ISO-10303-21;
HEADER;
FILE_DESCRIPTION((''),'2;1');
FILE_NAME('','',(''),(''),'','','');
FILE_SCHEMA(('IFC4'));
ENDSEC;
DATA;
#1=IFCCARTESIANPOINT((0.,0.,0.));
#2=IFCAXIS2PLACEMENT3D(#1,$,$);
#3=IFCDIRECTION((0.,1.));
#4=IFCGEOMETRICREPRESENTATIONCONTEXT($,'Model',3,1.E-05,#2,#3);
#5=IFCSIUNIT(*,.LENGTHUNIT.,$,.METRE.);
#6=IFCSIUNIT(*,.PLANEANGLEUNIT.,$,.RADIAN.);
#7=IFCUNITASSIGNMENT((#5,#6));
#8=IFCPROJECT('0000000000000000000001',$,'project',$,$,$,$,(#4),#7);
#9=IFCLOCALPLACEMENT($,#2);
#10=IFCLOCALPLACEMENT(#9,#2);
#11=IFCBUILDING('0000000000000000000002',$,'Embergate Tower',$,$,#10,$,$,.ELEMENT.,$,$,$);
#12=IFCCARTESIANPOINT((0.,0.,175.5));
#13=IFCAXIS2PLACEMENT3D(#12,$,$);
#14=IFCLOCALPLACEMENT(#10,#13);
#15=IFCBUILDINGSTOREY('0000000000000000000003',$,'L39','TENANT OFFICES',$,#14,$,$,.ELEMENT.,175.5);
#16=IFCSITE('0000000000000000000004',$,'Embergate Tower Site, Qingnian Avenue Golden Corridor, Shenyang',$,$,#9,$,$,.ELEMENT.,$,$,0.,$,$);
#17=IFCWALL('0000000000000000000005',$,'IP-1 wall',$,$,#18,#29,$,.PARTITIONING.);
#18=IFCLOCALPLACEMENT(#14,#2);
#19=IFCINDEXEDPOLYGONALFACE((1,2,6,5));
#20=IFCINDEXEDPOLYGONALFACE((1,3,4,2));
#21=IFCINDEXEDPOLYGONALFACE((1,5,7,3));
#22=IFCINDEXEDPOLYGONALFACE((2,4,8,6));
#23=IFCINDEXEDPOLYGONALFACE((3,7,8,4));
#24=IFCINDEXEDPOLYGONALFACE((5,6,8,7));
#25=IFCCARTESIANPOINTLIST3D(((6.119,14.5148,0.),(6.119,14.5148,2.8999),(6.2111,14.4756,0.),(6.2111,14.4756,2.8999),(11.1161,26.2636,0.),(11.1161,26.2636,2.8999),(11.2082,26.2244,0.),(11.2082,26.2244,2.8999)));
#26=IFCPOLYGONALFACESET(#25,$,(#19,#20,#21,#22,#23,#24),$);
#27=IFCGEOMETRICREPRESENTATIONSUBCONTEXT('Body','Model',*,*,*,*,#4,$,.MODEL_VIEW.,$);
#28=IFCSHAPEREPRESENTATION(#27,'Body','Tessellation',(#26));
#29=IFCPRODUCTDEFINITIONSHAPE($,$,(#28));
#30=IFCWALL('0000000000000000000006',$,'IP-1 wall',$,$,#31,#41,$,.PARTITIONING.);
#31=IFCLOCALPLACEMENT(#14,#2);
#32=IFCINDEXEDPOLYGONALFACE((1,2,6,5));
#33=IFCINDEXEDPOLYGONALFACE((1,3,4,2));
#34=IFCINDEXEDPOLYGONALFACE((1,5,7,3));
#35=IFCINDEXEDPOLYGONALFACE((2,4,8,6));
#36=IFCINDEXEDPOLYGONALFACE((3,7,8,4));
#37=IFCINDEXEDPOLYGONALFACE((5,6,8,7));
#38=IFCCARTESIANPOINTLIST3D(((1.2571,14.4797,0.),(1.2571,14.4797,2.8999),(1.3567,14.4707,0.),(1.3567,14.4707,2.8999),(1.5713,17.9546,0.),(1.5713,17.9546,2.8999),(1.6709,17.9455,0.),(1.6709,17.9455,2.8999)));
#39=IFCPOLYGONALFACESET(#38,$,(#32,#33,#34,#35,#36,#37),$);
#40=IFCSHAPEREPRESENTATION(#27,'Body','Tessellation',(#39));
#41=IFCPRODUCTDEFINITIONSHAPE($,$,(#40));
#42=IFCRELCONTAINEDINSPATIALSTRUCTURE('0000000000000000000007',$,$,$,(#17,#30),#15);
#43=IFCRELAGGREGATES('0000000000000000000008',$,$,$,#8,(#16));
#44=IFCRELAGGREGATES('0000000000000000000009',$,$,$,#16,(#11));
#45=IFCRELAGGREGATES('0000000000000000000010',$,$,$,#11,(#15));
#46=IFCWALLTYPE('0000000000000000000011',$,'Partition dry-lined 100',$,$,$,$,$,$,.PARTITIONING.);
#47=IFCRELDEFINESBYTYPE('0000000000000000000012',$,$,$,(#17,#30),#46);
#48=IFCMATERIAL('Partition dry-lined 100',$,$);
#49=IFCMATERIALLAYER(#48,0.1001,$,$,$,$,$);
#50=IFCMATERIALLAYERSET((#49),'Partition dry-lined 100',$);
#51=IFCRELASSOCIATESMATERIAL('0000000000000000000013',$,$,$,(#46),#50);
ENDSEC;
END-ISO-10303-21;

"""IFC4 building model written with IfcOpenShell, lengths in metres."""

from ifc_helpers import new_model, si_unit, direction, frame, frame_2d, origin, place, context, subcontext, project, spatial, rectangle, extrude, source, transform, mapped, material, layer, layer_set, type_object, element, save


model = new_model("IFC4")

# Units and contexts
model_context = context("Model", 3, precision=1e-05, world=origin(), true_north=direction((0.0, 1.0)))
body_context = subcontext(model_context, "Body", "Model", "MODEL_VIEW")
ifc_project = project(units=[si_unit("LENGTHUNIT", "METRE"), si_unit("PLANEANGLEUNIT", "RADIAN")], contexts=[model_context])

# Site, building, storey
site_placement = place(None, origin())
site = spatial("IfcSite", under=ifc_project, at=site_placement, Name="Embergate Tower Site, Qingnian Avenue Golden Corridor, Shenyang", CompositionType="ELEMENT", RefElevation=0.0)
building_placement = place(site_placement, origin())
building = spatial("IfcBuilding", under=site, at=building_placement, Name="Embergate Tower", CompositionType="ELEMENT")
storey_placement = place(building_placement, frame((0.0, 0.0, 175.5)))
storey = spatial("IfcBuildingStorey", under=building, at=storey_placement, Name="L39", Description="TENANT OFFICES", CompositionType="ELEMENT", Elevation=175.5)

# Walls
ifc_material_1 = material(Name="Partition dry-lined 100")
ifc_layer_1 = layer(ifc_material_1, 0.1001)
ifc_layer_set_1 = layer_set([ifc_layer_1], Name="Partition dry-lined 100")
wall_type_1 = type_object("IfcWallType", Name="Partition dry-lined 100", PredefinedType="PARTITIONING", material=ifc_layer_set_1)
shared_shape_1 = source(origin(), body_context, "Body", "SweptSolid", [
    extrude(rectangle(XDim=12.7673, YDim=0.1001, at=frame_2d((6.3838, 0.0))), origin(), (0.0, 0.0, 1.0), 2.8999),
])
wall_1_placement = place(storey_placement, frame((6.165, 14.4951, 0.0), z_axis=(0.0, 0.0, 1.0), x_axis=(0.391395, 0.920223, 0.0)))
element("IfcWall", 1, at=wall_1_placement, inside=storey, type_object=wall_type_1, Name="IP-1 wall", PredefinedType="PARTITIONING", context=body_context, shape_type="MappedRepresentation", body=[
    mapped(shared_shape_1, transform((0.0, 0.0, 0.0))),
])
shared_shape_2 = source(origin(), body_context, "Body", "SweptSolid", [
    extrude(rectangle(XDim=3.489, YDim=0.1001, at=frame_2d((1.7446, 0.0))), origin(), (0.0, 0.0, 1.0), 2.8999),
])
wall_2_placement = place(storey_placement, frame((1.3069, 14.4751, 0.0), z_axis=(0.0, 0.0, 1.0), x_axis=(0.090056, 0.995937, 0.0)))
element("IfcWall", 2, at=wall_2_placement, inside=storey, type_object=wall_type_1, Name="IP-1 wall", PredefinedType="PARTITIONING", context=body_context, shape_type="MappedRepresentation", body=[
    mapped(shared_shape_2, transform((0.0, 0.0, 0.0))),
])

save(model, "model.ifc")
